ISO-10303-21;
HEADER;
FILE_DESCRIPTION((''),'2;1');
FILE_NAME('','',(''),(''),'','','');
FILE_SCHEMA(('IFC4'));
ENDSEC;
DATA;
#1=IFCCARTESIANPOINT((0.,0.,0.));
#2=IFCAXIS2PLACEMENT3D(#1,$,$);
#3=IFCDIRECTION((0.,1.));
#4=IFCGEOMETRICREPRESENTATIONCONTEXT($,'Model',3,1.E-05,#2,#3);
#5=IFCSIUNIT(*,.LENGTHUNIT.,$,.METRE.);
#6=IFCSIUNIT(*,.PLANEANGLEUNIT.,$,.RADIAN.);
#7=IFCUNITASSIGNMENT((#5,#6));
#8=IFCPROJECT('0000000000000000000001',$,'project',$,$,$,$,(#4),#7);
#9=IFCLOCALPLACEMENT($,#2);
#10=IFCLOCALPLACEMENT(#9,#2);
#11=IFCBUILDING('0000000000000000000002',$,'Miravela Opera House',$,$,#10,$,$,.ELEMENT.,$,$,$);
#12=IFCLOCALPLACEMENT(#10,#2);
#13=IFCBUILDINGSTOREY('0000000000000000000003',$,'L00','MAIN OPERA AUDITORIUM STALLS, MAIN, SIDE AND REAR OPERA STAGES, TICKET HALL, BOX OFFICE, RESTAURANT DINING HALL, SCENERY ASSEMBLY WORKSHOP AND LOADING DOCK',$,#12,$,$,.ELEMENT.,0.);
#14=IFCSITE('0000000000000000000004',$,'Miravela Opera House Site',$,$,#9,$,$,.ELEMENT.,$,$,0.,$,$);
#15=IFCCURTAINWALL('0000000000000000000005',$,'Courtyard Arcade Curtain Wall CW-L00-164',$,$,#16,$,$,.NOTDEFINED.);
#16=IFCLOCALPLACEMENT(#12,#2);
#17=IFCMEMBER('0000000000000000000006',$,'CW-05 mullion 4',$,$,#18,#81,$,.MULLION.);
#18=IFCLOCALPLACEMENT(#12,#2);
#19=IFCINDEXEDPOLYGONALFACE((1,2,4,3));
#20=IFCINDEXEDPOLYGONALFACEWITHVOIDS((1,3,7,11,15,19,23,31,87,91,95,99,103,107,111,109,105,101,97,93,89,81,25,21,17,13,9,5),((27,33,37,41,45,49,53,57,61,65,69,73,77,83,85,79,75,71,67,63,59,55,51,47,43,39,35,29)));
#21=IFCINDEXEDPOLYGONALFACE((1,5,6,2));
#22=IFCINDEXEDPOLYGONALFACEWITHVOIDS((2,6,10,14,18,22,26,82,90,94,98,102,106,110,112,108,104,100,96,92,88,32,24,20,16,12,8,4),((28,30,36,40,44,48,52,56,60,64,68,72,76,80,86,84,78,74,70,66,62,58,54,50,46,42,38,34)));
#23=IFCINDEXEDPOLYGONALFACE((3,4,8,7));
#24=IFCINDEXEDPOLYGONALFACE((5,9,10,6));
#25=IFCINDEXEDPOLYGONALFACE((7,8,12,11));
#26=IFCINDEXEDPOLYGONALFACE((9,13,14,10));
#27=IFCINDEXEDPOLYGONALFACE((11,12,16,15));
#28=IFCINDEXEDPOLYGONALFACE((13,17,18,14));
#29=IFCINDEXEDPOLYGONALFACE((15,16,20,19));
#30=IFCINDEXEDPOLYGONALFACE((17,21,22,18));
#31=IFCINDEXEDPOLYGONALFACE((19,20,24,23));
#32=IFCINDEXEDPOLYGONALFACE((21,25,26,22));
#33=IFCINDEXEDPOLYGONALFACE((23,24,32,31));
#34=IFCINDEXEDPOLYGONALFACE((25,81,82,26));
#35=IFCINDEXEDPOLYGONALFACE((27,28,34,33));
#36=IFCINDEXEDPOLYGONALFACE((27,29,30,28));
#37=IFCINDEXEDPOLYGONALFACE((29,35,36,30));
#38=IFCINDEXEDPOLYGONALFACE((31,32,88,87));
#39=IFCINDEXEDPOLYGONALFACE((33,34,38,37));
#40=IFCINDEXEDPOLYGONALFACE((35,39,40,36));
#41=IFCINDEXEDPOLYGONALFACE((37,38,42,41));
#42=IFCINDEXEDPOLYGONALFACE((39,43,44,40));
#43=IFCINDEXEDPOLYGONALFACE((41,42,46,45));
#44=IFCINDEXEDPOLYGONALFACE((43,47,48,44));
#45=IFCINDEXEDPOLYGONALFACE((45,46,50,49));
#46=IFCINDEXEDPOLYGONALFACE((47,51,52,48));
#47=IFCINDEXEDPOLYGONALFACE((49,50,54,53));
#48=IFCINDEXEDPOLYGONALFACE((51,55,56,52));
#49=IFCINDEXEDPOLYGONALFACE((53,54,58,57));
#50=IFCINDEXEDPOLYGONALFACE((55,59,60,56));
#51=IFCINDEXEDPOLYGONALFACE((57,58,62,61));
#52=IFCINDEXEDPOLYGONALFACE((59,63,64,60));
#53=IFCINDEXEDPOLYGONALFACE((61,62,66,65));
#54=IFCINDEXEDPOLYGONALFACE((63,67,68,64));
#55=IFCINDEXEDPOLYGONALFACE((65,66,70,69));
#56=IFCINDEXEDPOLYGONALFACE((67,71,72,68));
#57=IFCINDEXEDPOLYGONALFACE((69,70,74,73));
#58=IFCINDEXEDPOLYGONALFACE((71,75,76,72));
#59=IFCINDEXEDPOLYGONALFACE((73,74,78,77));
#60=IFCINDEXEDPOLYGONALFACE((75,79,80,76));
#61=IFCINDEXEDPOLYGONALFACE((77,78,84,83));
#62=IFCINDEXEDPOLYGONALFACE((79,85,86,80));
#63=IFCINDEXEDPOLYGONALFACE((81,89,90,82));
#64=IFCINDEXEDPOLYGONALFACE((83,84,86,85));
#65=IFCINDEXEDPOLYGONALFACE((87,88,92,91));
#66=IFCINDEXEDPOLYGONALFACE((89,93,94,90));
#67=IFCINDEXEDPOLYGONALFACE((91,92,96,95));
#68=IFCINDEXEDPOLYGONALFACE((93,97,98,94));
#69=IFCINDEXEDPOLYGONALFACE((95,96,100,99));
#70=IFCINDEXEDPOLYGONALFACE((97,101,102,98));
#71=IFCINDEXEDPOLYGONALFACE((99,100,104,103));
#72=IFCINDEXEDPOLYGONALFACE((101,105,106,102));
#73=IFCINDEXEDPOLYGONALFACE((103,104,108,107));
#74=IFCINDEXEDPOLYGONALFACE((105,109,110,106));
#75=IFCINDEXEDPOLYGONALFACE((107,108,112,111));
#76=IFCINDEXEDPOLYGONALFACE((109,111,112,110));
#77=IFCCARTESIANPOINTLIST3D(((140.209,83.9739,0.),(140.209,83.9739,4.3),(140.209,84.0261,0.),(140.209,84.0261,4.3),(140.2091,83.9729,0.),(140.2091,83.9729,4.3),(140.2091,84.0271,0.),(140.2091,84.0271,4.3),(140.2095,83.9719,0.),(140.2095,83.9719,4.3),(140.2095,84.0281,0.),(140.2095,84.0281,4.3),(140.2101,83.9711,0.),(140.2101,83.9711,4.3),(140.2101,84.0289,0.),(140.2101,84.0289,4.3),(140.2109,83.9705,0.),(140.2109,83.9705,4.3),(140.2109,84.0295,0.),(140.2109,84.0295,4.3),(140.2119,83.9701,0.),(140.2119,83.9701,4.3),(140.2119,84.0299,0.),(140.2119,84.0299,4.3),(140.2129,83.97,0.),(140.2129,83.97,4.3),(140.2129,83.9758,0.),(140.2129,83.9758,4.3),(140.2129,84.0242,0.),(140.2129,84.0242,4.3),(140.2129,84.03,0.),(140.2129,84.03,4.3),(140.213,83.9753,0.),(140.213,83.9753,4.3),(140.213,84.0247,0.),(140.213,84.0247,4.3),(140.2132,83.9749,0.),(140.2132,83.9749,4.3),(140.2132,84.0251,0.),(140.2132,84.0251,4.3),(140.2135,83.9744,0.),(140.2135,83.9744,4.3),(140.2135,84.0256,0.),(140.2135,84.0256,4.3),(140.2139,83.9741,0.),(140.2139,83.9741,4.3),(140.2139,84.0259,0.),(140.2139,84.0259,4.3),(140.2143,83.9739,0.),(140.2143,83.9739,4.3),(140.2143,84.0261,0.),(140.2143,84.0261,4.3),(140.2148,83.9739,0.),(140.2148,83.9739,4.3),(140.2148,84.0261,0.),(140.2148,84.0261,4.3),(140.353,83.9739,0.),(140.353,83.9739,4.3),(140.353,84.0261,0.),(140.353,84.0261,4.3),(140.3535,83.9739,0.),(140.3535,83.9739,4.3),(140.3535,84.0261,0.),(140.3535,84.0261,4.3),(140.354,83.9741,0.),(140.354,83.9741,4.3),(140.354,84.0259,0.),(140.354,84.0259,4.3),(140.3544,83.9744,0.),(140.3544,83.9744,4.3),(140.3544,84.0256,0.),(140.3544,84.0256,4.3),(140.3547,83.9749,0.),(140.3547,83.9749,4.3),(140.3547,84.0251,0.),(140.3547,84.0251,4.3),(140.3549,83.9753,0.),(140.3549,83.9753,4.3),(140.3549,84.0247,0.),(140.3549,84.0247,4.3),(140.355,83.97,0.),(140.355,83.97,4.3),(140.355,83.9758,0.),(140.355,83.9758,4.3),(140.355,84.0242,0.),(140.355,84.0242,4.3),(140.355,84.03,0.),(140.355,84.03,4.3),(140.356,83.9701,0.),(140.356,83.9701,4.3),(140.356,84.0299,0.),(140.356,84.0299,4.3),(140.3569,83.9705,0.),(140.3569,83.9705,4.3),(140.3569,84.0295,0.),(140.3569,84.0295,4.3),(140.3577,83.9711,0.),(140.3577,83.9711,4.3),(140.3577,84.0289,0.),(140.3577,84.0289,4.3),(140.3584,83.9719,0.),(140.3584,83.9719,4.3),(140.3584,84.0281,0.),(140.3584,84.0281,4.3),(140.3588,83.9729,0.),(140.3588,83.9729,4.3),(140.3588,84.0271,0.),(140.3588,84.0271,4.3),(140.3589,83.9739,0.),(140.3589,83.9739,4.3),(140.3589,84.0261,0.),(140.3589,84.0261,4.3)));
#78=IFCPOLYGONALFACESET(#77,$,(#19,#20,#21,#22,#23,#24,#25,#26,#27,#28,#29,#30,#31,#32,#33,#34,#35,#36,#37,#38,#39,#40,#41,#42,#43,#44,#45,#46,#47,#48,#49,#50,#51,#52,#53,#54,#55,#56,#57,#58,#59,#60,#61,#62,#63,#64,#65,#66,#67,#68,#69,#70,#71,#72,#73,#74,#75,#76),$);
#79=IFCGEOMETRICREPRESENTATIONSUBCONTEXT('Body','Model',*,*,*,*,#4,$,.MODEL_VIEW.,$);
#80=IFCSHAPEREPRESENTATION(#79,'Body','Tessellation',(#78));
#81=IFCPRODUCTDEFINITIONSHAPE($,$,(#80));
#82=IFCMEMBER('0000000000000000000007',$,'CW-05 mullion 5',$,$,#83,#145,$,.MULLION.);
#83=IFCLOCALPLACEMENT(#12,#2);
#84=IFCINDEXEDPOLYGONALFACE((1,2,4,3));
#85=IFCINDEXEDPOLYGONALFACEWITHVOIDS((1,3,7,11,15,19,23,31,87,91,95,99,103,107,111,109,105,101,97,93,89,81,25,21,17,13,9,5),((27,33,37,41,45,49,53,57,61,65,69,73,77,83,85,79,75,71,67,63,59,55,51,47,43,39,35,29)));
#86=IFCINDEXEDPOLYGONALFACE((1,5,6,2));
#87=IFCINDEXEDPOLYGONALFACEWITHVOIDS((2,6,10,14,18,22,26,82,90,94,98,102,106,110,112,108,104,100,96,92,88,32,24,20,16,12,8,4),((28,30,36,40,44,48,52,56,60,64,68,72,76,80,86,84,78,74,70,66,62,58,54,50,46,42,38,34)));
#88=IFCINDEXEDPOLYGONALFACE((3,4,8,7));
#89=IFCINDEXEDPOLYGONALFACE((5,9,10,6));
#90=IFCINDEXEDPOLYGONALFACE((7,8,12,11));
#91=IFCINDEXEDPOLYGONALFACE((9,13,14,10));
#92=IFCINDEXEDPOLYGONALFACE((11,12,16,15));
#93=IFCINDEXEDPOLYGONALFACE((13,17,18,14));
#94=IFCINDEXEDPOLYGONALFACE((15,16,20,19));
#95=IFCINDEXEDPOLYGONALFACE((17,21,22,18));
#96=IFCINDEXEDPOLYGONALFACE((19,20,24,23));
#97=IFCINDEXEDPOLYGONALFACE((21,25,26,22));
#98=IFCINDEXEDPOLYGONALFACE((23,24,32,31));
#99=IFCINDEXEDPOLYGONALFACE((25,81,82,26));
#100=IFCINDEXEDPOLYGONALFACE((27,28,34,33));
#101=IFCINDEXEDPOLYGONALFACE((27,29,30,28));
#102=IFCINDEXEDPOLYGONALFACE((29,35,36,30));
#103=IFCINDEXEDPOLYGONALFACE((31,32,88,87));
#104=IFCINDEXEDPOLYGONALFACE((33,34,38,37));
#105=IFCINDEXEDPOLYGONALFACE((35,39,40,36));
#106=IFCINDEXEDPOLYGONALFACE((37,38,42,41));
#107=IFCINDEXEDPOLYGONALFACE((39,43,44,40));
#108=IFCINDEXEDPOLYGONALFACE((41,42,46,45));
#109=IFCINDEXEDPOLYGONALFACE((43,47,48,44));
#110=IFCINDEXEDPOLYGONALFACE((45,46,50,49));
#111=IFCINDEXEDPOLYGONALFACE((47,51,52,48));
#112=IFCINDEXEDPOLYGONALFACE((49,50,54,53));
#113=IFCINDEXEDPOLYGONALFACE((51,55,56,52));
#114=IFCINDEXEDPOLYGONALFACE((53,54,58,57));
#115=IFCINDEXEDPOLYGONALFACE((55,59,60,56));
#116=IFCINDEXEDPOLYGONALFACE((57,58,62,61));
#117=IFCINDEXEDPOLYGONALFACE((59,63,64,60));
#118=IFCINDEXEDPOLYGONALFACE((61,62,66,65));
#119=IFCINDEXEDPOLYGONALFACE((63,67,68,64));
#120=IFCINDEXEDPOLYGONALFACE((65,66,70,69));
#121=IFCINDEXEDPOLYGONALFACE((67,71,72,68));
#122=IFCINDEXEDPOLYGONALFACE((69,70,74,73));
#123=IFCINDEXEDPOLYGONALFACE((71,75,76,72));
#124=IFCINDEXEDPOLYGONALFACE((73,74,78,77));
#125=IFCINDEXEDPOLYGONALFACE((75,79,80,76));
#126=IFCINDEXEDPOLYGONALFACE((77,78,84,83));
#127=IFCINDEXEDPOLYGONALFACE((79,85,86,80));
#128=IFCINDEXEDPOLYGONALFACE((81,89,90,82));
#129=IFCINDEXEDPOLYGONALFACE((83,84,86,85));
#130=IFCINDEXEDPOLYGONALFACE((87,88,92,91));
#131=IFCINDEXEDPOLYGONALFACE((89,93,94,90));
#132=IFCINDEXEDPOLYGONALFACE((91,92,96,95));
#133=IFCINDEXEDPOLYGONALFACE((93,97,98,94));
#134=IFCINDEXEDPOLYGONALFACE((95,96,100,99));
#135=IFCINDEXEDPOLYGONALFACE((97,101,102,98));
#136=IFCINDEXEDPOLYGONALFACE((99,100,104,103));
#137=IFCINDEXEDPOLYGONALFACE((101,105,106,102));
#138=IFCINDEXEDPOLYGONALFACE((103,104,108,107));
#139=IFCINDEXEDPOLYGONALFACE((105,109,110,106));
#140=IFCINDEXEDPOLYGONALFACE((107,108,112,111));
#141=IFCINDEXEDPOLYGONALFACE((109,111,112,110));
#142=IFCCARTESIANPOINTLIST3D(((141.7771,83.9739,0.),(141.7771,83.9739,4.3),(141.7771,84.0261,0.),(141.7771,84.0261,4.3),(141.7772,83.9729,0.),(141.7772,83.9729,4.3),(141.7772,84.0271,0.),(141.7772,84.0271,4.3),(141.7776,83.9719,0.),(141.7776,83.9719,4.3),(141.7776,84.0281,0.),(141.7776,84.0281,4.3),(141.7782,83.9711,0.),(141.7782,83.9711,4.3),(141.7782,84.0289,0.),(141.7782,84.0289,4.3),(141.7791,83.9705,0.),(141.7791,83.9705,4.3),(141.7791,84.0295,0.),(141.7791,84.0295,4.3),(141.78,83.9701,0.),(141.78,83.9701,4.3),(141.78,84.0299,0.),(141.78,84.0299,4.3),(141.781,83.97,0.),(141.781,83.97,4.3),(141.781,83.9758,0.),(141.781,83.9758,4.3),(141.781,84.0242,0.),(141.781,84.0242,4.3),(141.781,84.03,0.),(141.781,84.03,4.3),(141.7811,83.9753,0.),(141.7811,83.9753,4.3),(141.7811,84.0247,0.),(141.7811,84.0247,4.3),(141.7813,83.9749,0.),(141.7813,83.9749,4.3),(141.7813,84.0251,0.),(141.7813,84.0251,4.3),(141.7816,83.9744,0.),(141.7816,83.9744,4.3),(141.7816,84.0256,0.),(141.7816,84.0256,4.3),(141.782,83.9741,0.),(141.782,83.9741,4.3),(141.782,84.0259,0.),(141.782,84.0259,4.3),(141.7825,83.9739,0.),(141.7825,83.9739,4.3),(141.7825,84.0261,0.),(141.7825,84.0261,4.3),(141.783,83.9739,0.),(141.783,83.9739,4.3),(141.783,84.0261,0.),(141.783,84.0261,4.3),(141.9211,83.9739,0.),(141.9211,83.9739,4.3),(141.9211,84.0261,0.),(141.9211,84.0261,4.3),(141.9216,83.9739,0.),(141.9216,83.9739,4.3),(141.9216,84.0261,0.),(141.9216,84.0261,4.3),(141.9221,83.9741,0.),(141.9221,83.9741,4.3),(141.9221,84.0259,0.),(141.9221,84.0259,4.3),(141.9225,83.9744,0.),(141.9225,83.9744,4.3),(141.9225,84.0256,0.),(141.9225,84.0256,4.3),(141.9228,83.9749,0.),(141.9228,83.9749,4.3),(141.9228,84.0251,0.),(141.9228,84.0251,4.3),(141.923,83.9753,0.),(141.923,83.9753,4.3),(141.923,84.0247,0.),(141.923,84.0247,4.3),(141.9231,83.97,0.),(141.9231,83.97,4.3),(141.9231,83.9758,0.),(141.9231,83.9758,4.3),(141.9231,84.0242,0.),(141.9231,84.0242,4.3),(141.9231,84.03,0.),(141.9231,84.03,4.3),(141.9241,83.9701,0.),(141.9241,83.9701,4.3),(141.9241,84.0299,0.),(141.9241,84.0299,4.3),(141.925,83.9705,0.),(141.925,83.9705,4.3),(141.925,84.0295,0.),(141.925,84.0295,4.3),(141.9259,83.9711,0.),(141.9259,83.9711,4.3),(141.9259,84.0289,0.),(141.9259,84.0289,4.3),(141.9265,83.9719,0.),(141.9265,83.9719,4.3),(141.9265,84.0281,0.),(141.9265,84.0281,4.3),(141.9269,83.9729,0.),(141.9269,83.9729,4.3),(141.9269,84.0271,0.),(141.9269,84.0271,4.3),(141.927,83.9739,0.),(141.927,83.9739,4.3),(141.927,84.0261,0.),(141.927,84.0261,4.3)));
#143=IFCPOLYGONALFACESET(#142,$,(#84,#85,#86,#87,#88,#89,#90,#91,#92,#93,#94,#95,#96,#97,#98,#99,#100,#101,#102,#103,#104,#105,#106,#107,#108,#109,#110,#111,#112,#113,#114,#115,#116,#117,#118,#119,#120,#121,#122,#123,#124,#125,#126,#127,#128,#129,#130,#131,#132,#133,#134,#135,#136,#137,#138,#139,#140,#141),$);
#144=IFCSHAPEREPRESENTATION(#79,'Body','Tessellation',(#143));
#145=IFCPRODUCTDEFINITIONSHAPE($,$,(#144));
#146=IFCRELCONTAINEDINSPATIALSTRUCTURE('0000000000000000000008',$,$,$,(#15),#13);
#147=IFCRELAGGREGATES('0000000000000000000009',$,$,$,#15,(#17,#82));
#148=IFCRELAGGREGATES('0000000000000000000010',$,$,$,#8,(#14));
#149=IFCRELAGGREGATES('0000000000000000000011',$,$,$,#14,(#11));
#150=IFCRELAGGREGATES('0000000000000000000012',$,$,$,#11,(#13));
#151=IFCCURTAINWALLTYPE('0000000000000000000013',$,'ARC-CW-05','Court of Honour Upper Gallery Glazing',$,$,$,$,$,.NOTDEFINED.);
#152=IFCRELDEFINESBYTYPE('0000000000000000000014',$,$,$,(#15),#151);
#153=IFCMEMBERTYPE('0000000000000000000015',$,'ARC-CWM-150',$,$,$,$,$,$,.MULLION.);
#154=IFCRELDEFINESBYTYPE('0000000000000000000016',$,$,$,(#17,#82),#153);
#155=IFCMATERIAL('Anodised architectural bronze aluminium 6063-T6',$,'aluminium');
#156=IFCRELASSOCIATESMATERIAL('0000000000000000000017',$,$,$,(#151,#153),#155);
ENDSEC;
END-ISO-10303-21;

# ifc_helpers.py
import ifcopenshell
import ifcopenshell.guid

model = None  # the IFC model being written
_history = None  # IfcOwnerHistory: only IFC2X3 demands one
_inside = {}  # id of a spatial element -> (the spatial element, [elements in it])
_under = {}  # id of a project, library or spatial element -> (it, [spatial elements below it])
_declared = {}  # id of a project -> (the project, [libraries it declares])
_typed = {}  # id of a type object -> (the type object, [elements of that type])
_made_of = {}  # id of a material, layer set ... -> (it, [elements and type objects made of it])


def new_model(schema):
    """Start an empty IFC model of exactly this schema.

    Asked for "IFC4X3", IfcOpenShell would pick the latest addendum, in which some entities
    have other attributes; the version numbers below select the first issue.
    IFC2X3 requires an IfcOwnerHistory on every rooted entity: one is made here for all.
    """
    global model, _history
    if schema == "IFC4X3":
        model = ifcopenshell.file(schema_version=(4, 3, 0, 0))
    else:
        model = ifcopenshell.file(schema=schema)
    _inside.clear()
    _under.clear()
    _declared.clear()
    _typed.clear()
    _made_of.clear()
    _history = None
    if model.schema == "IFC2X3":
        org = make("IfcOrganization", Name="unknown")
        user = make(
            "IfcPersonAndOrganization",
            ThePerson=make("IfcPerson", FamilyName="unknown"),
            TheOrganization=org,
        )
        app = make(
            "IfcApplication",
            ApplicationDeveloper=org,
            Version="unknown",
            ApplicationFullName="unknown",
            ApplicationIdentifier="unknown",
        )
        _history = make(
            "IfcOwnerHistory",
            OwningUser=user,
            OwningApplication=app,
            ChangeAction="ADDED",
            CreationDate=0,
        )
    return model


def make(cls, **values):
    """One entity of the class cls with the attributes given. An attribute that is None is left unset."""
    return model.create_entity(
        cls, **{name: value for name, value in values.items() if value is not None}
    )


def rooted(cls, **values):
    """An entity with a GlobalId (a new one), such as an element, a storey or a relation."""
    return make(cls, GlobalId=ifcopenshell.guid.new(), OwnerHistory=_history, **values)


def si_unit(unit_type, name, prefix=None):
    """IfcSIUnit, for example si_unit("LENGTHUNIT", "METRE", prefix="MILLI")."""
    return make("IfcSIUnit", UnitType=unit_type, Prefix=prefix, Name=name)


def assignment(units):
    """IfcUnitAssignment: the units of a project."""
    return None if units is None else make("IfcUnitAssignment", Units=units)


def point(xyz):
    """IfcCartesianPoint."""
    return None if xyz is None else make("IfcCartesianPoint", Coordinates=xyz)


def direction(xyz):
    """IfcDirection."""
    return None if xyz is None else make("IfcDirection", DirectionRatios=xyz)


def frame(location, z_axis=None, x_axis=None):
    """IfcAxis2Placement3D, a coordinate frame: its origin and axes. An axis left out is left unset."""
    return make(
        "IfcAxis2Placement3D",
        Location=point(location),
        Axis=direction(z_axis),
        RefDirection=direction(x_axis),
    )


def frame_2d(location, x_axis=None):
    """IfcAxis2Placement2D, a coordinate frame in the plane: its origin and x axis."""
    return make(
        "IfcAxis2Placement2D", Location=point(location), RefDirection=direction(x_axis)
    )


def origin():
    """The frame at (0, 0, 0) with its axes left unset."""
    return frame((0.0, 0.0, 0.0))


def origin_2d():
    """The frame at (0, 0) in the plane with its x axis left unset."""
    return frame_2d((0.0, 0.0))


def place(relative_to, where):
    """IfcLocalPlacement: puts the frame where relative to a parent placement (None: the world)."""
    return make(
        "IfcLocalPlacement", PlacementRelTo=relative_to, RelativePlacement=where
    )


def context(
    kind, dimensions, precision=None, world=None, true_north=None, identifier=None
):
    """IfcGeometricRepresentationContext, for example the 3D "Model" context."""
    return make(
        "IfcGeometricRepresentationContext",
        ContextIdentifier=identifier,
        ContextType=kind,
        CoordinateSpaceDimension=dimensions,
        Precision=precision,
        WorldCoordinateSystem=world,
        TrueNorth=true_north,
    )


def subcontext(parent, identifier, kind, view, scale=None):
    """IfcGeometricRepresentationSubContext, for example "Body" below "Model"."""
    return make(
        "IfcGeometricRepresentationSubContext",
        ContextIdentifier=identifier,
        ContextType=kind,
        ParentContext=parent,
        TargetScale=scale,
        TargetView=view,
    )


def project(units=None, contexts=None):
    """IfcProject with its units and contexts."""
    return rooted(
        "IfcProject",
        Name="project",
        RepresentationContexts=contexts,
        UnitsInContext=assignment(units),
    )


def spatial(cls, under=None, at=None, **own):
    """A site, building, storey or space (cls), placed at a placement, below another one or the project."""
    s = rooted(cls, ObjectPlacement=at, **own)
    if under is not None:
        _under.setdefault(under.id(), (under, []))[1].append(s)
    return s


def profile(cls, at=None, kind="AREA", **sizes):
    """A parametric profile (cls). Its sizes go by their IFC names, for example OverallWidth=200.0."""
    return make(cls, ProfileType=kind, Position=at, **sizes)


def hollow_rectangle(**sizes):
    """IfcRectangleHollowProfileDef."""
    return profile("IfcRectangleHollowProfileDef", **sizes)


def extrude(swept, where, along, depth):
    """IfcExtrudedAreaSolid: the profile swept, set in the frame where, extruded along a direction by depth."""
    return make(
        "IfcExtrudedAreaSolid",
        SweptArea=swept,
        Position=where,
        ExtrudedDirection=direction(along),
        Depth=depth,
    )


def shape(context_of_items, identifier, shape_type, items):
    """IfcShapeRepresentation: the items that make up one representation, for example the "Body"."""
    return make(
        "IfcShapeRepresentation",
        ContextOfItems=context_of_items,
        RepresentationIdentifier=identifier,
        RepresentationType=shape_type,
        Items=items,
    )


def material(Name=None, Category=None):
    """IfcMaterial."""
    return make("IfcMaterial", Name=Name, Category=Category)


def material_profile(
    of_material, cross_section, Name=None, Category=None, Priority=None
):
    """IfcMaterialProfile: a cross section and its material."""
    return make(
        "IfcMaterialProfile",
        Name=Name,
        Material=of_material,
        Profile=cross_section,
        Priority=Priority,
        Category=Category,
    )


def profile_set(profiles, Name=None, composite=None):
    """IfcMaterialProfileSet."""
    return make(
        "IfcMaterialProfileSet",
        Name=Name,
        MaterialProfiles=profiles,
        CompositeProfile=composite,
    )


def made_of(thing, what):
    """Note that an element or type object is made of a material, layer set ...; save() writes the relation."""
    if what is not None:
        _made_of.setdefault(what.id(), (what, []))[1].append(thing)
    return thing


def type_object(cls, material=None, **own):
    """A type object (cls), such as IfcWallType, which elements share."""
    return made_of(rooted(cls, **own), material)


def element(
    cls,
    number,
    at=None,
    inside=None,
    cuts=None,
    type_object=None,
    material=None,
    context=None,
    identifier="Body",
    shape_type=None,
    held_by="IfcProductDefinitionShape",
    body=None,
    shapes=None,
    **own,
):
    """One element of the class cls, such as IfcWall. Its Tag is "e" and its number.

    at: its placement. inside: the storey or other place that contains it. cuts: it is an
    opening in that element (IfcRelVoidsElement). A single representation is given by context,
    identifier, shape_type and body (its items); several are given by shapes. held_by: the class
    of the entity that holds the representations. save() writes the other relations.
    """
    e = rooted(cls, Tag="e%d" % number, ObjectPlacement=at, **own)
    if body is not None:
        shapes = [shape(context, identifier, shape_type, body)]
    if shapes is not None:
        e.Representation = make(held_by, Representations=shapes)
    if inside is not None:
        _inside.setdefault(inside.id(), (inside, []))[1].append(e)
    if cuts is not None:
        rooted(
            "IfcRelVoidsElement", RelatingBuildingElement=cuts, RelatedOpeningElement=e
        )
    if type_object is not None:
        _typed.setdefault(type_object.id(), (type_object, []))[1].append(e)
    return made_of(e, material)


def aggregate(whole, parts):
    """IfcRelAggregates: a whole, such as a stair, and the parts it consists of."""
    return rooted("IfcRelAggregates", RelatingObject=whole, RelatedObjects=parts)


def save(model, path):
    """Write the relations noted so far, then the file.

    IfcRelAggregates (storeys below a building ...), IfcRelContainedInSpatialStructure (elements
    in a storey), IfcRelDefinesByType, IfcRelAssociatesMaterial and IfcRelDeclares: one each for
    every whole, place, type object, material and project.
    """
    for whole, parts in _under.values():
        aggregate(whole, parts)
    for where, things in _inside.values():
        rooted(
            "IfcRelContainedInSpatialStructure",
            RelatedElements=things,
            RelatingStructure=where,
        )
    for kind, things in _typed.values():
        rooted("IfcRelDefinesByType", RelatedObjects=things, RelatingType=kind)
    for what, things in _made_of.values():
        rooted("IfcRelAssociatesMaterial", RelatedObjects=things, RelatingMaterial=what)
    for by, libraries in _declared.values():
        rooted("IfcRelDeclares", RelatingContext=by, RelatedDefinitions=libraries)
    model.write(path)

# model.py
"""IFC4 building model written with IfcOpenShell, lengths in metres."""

from ifc_helpers import new_model, si_unit, direction, frame, origin, origin_2d, place, context, subcontext, project, spatial, hollow_rectangle, extrude, material, material_profile, profile_set, type_object, element, aggregate, save


model = new_model("IFC4")

# Units and contexts
model_context = context("Model", 3, precision=1e-05, world=origin(), true_north=direction((0.0, 1.0)))
body_context = subcontext(model_context, "Body", "Model", "MODEL_VIEW")
ifc_project = project(units=[si_unit("LENGTHUNIT", "METRE"), si_unit("PLANEANGLEUNIT", "RADIAN")], contexts=[model_context])

# Site, building, storey
site_placement = place(None, origin())
site = spatial("IfcSite", under=ifc_project, at=site_placement, Name="Miravela Opera House Site", CompositionType="ELEMENT", RefElevation=0.0)
building_placement = place(site_placement, origin())
building = spatial("IfcBuilding", under=site, at=building_placement, Name="Miravela Opera House", CompositionType="ELEMENT")
storey_placement = place(building_placement, origin())
storey = spatial("IfcBuildingStorey", under=building, at=storey_placement, Name="L00", Description="MAIN OPERA AUDITORIUM STALLS, MAIN, SIDE AND REAR OPERA STAGES, TICKET HALL, BOX OFFICE, RESTAURANT DINING HALL, SCENERY ASSEMBLY WORKSHOP AND LOADING DOCK", CompositionType="ELEMENT", Elevation=0.0)

# Curtain wall, members
ifc_material_1 = material(Name="Anodised architectural bronze aluminium 6063-T6", Category="aluminium")
curtain_wall_type = type_object("IfcCurtainWallType", Name="ARC-CW-05", Description="Court of Honour Upper Gallery Glazing", PredefinedType="NOTDEFINED", material=ifc_material_1)
curtain_wall_placement = place(storey_placement, origin())
curtain_wall = element("IfcCurtainWall", 1, at=curtain_wall_placement, inside=storey, type_object=curtain_wall_type, Name="Courtyard Arcade Curtain Wall CW-L00-164", PredefinedType="NOTDEFINED")
ifc_material_profile_1 = material_profile(ifc_material_1, hollow_rectangle(XDim=0.0601, YDim=0.1499, WallThickness=0.0039, InnerFilletRadius=0.002, OuterFilletRadius=0.0039, at=origin_2d()), Name="CWM-60X150")
ifc_profile_set_1 = profile_set([ifc_material_profile_1])
member_type_1 = type_object("IfcMemberType", Name="ARC-CWM-150", PredefinedType="MULLION", material=ifc_profile_set_1)
member_1_placement = place(storey_placement, frame((140.2839, 84.0, 0.0), z_axis=(0.0, 0.0, 1.0), x_axis=(0.0, 1.0, 0.0)))
member_1 = element("IfcMember", 2, at=member_1_placement, type_object=member_type_1, Name="CW-05 mullion 4", PredefinedType="MULLION", context=body_context, shape_type="SweptSolid", body=[
    extrude(hollow_rectangle(XDim=0.0601, YDim=0.1499, WallThickness=0.0039, InnerFilletRadius=0.002, OuterFilletRadius=0.0039, at=origin_2d()), origin(), (0.0, 0.0, 1.0), 4.3),
])
member_2_placement = place(storey_placement, frame((141.8521, 84.0, 0.0), z_axis=(0.0, 0.0, 1.0), x_axis=(0.0, 1.0, 0.0)))
member_2 = element("IfcMember", 3, at=member_2_placement, type_object=member_type_1, Name="CW-05 mullion 5", PredefinedType="MULLION", context=body_context, shape_type="SweptSolid", body=[
    extrude(hollow_rectangle(XDim=0.0601, YDim=0.1499, WallThickness=0.0039, InnerFilletRadius=0.002, OuterFilletRadius=0.0039, at=origin_2d()), origin(), (0.0, 0.0, 1.0), 4.3),
])
aggregate(curtain_wall, [member_1, member_2])

save(model, "model.ifc")
